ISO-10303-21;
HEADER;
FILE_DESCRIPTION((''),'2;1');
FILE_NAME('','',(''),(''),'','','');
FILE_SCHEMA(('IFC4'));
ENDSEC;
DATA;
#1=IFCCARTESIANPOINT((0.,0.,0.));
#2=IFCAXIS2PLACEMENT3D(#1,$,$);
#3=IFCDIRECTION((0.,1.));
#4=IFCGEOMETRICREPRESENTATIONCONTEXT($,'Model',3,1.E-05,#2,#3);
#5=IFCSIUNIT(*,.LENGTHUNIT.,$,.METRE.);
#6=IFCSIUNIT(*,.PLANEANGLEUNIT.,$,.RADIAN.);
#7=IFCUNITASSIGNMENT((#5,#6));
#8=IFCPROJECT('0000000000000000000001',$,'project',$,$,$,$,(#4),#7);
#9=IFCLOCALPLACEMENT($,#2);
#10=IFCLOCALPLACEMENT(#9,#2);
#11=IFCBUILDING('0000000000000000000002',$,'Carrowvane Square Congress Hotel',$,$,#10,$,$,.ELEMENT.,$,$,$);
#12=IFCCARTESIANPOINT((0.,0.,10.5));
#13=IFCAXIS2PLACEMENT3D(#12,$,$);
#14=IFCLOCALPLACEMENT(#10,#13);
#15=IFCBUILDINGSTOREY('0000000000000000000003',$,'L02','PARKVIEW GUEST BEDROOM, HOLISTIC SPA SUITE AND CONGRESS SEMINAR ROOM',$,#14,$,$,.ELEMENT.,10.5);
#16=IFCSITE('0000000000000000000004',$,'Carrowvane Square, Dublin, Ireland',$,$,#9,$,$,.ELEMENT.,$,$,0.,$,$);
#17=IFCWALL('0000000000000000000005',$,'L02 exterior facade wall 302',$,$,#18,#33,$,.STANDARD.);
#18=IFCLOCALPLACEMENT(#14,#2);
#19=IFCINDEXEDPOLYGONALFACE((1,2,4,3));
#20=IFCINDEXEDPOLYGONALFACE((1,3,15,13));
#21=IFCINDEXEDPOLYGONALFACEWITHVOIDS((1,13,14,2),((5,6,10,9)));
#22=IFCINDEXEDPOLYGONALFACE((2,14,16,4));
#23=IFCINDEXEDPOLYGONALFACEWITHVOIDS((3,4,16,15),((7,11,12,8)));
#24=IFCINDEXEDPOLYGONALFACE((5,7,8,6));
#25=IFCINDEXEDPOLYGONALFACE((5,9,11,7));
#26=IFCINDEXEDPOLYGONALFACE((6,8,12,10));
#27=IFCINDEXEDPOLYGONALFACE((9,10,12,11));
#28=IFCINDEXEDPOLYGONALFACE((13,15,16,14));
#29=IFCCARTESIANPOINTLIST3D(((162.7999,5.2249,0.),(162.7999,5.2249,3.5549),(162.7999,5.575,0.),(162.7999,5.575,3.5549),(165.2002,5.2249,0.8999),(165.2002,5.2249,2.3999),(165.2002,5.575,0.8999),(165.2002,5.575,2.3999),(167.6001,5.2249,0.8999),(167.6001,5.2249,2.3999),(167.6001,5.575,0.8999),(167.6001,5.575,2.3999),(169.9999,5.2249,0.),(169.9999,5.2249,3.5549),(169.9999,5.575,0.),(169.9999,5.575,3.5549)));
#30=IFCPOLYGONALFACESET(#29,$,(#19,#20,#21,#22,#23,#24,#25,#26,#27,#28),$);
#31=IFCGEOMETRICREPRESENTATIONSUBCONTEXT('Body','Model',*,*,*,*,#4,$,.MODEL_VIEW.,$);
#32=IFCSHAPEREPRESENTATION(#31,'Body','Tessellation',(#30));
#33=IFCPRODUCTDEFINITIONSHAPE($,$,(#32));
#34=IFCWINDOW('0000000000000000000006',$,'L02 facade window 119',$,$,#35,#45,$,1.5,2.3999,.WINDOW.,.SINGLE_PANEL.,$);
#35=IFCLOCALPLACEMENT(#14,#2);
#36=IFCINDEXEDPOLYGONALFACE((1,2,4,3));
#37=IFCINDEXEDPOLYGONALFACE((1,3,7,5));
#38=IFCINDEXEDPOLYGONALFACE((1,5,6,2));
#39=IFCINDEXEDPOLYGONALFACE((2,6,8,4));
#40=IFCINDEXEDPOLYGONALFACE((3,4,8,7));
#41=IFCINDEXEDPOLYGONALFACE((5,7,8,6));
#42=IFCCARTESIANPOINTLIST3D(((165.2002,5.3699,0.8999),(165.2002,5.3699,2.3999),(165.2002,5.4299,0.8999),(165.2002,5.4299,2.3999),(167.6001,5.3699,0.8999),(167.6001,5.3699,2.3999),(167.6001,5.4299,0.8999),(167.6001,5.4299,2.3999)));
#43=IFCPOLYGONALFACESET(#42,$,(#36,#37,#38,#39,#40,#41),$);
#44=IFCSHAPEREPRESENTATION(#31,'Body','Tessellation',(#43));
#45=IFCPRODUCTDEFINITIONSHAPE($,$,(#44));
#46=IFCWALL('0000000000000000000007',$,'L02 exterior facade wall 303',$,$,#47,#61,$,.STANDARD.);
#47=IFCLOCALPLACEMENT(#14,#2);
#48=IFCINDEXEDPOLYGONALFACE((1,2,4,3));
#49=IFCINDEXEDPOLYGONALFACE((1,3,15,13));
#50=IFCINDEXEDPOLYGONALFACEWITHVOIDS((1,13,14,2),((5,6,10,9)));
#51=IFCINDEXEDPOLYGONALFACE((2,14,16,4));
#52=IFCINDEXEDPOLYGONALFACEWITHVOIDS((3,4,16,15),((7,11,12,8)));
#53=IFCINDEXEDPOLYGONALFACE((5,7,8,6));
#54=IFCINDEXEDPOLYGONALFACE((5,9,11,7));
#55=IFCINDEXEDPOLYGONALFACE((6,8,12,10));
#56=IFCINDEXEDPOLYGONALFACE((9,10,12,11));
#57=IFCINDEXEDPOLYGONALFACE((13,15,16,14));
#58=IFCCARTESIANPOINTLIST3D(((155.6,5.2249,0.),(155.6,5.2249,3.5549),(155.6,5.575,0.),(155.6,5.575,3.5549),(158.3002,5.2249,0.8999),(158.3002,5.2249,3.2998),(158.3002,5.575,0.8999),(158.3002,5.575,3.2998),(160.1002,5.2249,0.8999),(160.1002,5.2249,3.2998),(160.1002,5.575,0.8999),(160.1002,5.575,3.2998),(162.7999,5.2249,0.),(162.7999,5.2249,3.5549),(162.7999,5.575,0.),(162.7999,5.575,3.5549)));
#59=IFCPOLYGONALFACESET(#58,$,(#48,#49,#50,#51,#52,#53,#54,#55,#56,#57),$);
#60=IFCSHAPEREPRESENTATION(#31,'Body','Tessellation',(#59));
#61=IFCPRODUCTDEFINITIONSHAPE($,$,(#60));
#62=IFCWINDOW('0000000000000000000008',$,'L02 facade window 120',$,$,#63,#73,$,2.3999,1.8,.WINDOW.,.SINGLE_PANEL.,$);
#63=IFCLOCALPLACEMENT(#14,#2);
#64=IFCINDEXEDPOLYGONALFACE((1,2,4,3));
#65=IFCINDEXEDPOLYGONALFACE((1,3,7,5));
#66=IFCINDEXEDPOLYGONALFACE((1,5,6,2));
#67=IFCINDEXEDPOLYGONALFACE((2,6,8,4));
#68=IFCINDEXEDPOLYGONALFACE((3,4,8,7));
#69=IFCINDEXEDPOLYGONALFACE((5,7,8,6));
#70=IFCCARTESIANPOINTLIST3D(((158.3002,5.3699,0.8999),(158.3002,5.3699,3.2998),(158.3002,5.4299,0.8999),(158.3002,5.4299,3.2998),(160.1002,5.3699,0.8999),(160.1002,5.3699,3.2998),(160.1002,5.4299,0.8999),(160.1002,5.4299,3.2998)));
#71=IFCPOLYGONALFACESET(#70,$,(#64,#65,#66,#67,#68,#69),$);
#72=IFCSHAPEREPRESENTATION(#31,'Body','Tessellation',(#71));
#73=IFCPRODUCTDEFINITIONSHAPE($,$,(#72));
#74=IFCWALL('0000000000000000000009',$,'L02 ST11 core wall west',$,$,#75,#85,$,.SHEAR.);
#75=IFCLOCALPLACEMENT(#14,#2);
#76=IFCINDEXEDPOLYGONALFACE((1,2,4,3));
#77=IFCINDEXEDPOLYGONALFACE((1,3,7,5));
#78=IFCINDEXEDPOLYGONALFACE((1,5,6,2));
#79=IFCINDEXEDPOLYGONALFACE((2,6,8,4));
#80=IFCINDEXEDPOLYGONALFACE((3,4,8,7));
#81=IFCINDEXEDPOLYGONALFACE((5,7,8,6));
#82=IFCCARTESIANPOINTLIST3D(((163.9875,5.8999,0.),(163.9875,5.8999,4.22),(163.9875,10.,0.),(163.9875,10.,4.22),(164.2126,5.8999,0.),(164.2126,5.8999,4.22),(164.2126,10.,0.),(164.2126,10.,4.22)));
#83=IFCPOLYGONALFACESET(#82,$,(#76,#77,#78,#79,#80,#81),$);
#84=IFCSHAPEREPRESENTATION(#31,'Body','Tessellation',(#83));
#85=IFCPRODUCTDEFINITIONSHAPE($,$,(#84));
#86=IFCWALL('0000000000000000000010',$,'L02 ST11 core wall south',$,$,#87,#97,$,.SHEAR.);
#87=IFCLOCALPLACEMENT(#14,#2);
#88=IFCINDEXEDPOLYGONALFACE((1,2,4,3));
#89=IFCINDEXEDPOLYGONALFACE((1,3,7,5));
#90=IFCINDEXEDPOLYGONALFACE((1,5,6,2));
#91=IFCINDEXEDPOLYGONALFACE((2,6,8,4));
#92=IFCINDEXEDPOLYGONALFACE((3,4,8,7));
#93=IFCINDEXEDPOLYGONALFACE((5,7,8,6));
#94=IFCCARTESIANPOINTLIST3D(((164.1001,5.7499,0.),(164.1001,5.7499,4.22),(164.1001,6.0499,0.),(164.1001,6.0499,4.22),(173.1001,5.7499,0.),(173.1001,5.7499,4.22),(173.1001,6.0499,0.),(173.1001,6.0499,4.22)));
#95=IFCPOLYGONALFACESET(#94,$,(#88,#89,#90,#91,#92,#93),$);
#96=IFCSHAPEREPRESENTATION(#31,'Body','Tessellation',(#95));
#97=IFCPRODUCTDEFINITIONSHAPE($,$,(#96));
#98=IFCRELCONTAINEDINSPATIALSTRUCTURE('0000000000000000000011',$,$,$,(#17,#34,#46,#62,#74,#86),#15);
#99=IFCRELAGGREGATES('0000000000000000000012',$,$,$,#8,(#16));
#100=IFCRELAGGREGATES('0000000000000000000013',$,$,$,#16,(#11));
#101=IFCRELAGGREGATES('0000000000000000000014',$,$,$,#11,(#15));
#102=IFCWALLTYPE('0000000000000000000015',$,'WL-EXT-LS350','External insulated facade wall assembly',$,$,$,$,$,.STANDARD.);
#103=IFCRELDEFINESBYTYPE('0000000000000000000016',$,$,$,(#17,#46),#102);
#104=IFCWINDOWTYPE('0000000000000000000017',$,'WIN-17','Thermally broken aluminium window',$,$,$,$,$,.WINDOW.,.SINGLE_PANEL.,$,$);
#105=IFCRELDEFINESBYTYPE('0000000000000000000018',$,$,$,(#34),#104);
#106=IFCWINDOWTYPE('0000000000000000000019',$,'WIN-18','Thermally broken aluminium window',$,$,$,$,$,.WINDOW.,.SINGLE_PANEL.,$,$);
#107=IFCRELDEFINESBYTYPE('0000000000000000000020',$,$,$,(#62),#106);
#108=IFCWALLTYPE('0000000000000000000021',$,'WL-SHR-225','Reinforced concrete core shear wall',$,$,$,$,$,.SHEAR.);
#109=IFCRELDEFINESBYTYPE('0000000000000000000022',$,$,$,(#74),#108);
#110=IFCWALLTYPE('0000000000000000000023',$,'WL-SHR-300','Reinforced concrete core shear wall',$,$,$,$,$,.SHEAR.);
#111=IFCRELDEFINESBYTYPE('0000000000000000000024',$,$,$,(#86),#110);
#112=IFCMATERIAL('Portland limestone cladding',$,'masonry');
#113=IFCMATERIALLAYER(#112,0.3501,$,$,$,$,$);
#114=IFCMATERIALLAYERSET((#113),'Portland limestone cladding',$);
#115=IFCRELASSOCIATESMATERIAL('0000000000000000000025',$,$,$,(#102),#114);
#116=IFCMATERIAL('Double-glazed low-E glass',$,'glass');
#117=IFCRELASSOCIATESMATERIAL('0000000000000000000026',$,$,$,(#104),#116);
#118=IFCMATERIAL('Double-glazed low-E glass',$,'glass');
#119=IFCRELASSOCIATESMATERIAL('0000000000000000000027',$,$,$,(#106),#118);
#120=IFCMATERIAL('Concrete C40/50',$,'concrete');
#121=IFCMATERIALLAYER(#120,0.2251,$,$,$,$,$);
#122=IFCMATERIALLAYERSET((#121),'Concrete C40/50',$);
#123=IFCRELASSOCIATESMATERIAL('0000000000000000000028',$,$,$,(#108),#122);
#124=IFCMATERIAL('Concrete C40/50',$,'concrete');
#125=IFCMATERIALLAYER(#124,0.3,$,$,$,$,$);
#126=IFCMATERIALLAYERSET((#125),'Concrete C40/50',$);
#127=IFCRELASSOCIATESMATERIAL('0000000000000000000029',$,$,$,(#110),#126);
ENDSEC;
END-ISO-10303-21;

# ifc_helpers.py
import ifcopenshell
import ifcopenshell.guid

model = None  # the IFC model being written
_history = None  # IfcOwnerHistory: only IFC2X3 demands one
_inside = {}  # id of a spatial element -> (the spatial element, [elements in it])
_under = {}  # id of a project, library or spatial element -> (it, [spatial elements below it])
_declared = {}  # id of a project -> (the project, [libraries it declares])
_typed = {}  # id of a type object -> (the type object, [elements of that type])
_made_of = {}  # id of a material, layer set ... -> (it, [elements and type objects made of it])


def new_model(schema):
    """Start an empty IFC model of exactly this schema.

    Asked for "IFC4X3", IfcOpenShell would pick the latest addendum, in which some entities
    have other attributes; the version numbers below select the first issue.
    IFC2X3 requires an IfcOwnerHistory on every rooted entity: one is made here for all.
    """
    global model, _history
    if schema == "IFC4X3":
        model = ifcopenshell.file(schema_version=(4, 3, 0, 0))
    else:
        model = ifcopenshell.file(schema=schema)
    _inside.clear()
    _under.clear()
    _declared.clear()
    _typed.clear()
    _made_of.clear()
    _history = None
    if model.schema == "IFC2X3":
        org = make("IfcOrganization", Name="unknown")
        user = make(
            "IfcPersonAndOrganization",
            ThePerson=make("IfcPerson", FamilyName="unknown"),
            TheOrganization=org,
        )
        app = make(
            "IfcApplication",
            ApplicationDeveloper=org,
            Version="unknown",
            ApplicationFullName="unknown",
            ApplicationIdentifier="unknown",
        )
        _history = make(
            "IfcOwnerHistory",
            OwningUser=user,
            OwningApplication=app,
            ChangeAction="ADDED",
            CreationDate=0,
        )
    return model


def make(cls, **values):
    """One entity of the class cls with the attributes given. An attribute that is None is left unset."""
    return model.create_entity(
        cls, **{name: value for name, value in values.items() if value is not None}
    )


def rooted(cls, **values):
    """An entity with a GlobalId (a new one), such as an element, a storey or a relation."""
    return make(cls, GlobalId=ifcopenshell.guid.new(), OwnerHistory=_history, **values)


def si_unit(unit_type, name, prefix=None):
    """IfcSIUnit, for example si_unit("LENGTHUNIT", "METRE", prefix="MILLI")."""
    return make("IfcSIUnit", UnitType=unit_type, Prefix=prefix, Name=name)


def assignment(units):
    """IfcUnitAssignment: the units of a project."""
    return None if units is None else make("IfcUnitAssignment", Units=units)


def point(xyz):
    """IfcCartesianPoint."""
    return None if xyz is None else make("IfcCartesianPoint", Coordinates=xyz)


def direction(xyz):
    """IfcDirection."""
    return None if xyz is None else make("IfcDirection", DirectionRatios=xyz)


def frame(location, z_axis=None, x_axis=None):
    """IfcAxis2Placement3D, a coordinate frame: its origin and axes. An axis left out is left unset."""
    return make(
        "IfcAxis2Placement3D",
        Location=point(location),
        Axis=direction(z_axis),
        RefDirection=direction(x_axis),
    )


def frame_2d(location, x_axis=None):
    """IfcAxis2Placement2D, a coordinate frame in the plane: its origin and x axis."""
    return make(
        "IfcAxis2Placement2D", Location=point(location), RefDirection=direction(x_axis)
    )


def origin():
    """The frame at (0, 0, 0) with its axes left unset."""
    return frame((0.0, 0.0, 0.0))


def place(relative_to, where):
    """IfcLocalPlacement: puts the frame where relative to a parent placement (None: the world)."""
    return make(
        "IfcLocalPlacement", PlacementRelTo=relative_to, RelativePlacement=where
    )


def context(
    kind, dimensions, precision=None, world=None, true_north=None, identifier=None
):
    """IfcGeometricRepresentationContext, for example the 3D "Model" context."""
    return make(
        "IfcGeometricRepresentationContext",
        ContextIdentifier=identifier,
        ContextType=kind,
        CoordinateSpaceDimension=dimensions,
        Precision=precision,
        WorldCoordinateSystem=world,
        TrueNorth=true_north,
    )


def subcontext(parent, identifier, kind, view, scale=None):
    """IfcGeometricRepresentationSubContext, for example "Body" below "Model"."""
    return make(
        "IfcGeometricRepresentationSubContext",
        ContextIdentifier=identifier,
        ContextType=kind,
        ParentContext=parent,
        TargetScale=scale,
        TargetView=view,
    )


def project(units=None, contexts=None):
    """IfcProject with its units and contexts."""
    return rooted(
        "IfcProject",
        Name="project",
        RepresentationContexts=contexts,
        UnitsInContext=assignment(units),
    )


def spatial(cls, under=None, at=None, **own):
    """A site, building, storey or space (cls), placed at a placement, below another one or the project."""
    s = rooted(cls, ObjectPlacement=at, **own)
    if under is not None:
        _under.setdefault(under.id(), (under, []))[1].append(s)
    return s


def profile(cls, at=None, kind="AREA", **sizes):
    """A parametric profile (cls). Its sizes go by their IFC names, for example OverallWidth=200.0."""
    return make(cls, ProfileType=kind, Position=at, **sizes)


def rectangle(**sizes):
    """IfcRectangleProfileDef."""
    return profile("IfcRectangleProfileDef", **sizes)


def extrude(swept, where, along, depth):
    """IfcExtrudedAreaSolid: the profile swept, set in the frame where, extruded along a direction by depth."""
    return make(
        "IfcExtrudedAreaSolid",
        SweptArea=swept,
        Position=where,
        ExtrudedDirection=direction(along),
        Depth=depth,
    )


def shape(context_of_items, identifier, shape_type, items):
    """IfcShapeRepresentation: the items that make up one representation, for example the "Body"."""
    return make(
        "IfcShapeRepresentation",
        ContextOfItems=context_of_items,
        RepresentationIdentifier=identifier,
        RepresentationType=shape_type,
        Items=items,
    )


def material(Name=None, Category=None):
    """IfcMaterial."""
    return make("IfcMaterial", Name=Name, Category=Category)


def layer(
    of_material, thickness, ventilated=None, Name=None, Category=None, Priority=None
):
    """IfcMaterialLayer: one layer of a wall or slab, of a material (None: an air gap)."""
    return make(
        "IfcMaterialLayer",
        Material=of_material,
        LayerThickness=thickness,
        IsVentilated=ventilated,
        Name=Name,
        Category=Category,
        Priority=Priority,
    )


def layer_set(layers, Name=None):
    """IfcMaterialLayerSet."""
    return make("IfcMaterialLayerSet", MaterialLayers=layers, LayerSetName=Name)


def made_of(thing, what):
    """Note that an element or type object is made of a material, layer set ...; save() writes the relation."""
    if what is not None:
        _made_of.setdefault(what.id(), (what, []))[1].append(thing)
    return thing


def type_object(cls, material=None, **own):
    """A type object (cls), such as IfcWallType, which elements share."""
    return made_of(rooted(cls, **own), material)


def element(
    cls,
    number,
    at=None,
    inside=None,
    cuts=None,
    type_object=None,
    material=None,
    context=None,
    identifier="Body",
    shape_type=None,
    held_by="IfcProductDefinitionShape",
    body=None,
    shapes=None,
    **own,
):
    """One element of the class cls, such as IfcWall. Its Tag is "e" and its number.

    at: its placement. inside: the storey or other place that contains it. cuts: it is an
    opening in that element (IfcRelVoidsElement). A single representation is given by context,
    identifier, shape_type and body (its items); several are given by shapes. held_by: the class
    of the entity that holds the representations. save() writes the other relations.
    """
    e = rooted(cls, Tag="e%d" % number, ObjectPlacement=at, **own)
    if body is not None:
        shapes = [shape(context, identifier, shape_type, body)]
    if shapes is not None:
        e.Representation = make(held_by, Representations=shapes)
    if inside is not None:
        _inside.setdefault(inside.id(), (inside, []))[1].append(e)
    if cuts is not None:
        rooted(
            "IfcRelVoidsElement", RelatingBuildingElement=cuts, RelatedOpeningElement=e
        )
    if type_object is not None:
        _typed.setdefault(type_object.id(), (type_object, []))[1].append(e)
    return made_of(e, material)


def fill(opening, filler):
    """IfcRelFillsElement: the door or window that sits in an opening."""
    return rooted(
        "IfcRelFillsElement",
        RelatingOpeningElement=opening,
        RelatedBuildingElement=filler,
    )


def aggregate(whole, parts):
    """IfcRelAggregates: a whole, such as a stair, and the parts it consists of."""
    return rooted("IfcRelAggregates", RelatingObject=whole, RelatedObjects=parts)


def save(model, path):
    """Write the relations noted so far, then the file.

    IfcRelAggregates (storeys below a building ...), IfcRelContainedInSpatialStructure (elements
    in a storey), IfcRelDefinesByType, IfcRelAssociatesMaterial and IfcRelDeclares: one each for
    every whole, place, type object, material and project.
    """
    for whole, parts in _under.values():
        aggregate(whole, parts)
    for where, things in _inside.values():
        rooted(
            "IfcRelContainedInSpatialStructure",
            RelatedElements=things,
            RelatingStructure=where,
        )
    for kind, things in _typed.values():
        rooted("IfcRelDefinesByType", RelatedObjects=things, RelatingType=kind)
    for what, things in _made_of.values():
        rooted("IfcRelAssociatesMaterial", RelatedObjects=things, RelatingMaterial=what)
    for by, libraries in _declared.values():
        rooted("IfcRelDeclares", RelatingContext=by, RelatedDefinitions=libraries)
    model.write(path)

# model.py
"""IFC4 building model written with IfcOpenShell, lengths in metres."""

from ifc_helpers import new_model, si_unit, direction, frame, frame_2d, origin, place, context, subcontext, project, spatial, rectangle, extrude, material, layer, layer_set, type_object, element, fill, save


model = new_model("IFC4")

# Units and contexts
model_context = context("Model", 3, precision=1e-05, world=origin(), true_north=direction((0.0, 1.0)))
body_context = subcontext(model_context, "Body", "Model", "MODEL_VIEW")
ifc_project = project(units=[si_unit("LENGTHUNIT", "METRE"), si_unit("PLANEANGLEUNIT", "RADIAN")], contexts=[model_context])

# Site, building, storey
site_placement = place(None, origin())
site = spatial("IfcSite", under=ifc_project, at=site_placement, Name="Carrowvane Square, Dublin, Ireland", CompositionType="ELEMENT", RefElevation=0.0)
building_placement = place(site_placement, origin())
building = spatial("IfcBuilding", under=site, at=building_placement, Name="Carrowvane Square Congress Hotel", CompositionType="ELEMENT")
storey_placement = place(building_placement, frame((0.0, 0.0, 10.5)))
storey = spatial("IfcBuildingStorey", under=building, at=storey_placement, Name="L02", Description="PARKVIEW GUEST BEDROOM, HOLISTIC SPA SUITE AND CONGRESS SEMINAR ROOM", CompositionType="ELEMENT", Elevation=10.5)

# Walls, openings, windows
ifc_material_1 = material(Name="Portland limestone cladding", Category="masonry")
ifc_layer_1 = layer(ifc_material_1, 0.3501)
ifc_layer_set_1 = layer_set([ifc_layer_1], Name="Portland limestone cladding")
wall_type_1 = type_object("IfcWallType", Name="WL-EXT-LS350", Description="External insulated facade wall assembly", PredefinedType="STANDARD", material=ifc_layer_set_1)
wall_1_placement = place(storey_placement, frame((170.0, 5.3999, 0.0), z_axis=(0.0, 0.0, 1.0), x_axis=(-1.0, 0.0, 0.0)))
wall_1 = element("IfcWall", 1, at=wall_1_placement, inside=storey, type_object=wall_type_1, Name="L02 exterior facade wall 302", PredefinedType="STANDARD", context=body_context, shape_type="SweptSolid", body=[
    extrude(rectangle(XDim=7.2, YDim=0.3501, at=frame_2d((3.6001, 0.0))), origin(), (0.0, 0.0, 1.0), 3.5549),
])
opening_1_placement = place(wall_1_placement, frame((2.3999, 0.0, 0.8999)))
opening_1 = element("IfcOpeningElement", 2, at=opening_1_placement, cuts=wall_1, PredefinedType="OPENING", context=body_context, shape_type="SweptSolid", body=[
    extrude(rectangle(XDim=2.3999, YDim=1.5, at=frame_2d((1.2, 0.75))), frame((0.0, 0.1851, 0.0), z_axis=(0.0, -1.0, 0.0), x_axis=(1.0, 0.0, 0.0)), (0.0, 0.0, 1.0), 0.3701),
])
ifc_material_2 = material(Name="Double-glazed low-E glass", Category="glass")
window_type_1 = type_object("IfcWindowType", Name="WIN-17", Description="Thermally broken aluminium window", PartitioningType="SINGLE_PANEL", PredefinedType="WINDOW", material=ifc_material_2)
window_1_placement = place(opening_1_placement, origin())
window_1 = element("IfcWindow", 3, at=window_1_placement, inside=storey, type_object=window_type_1, Name="L02 facade window 119", OverallHeight=1.5, OverallWidth=2.3999, PartitioningType="SINGLE_PANEL", PredefinedType="WINDOW", context=body_context, shape_type="SweptSolid", body=[
    extrude(rectangle(XDim=2.3999, YDim=1.5, at=frame_2d((1.2, 0.75))), frame((0.0, 0.03, 0.0), z_axis=(0.0, -1.0, 0.0), x_axis=(1.0, 0.0, 0.0)), (0.0, 0.0, 1.0), 0.0601),
])
fill(opening_1, window_1)
wall_2_placement = place(storey_placement, frame((162.8, 5.3999, 0.0), z_axis=(0.0, 0.0, 1.0), x_axis=(-1.0, 0.0, 0.0)))
wall_2 = element("IfcWall", 4, at=wall_2_placement, inside=storey, type_object=wall_type_1, Name="L02 exterior facade wall 303", PredefinedType="STANDARD", context=body_context, shape_type="SweptSolid", body=[
    extrude(rectangle(XDim=7.2, YDim=0.3501, at=frame_2d((3.6001, 0.0))), origin(), (0.0, 0.0, 1.0), 3.5549),
])
opening_2_placement = place(wall_2_placement, frame((2.7, 0.0, 0.8999)))
opening_2 = element("IfcOpeningElement", 5, at=opening_2_placement, cuts=wall_2, PredefinedType="OPENING", context=body_context, shape_type="SweptSolid", body=[
    extrude(rectangle(XDim=1.8, YDim=2.3999, at=frame_2d((0.8999, 1.2))), frame((0.0, 0.1851, 0.0), z_axis=(0.0, -1.0, 0.0), x_axis=(1.0, 0.0, 0.0)), (0.0, 0.0, 1.0), 0.3701),
])
ifc_material_3 = material(Name="Double-glazed low-E glass", Category="glass")
window_type_2 = type_object("IfcWindowType", Name="WIN-18", Description="Thermally broken aluminium window", PartitioningType="SINGLE_PANEL", PredefinedType="WINDOW", material=ifc_material_3)
window_2_placement = place(opening_2_placement, origin())
window_2 = element("IfcWindow", 6, at=window_2_placement, inside=storey, type_object=window_type_2, Name="L02 facade window 120", OverallHeight=2.3999, OverallWidth=1.8, PartitioningType="SINGLE_PANEL", PredefinedType="WINDOW", context=body_context, shape_type="SweptSolid", body=[
    extrude(rectangle(XDim=1.8, YDim=2.3999, at=frame_2d((0.8999, 1.2))), frame((0.0, 0.03, 0.0), z_axis=(0.0, -1.0, 0.0), x_axis=(1.0, 0.0, 0.0)), (0.0, 0.0, 1.0), 0.0601),
])
fill(opening_2, window_2)

# Walls
ifc_material_4 = material(Name="Concrete C40/50", Category="concrete")
ifc_layer_2 = layer(ifc_material_4, 0.2251)
ifc_layer_set_2 = layer_set([ifc_layer_2], Name="Concrete C40/50")
wall_type_2 = type_object("IfcWallType", Name="WL-SHR-225", Description="Reinforced concrete core shear wall", PredefinedType="SHEAR", material=ifc_layer_set_2)
wall_3_placement = place(storey_placement, frame((164.1001, 10.0, 0.0), z_axis=(0.0, 0.0, 1.0), x_axis=(0.0, -1.0, 0.0)))
element("IfcWall", 7, at=wall_3_placement, inside=storey, type_object=wall_type_2, Name="L02 ST11 core wall west", PredefinedType="SHEAR", context=body_context, shape_type="SweptSolid", body=[
    extrude(rectangle(XDim=4.1001, YDim=0.2251, at=frame_2d((2.05, 0.0))), origin(), (0.0, 0.0, 1.0), 4.22),
])
ifc_material_5 = material(Name="Concrete C40/50", Category="concrete")
ifc_layer_3 = layer(ifc_material_5, 0.3)
ifc_layer_set_3 = layer_set([ifc_layer_3], Name="Concrete C40/50")
wall_type_3 = type_object("IfcWallType", Name="WL-SHR-300", Description="Reinforced concrete core shear wall", PredefinedType="SHEAR", material=ifc_layer_set_3)
wall_4_placement = place(storey_placement, frame((164.1001, 5.8999, 0.0), z_axis=(0.0, 0.0, 1.0), x_axis=(1.0, 0.0, 0.0)))
element("IfcWall", 8, at=wall_4_placement, inside=storey, type_object=wall_type_3, Name="L02 ST11 core wall south", PredefinedType="SHEAR", context=body_context, shape_type="SweptSolid", body=[
    extrude(rectangle(XDim=9.0, YDim=0.3, at=frame_2d((4.5, 0.0))), origin(), (0.0, 0.0, 1.0), 4.22),
])

save(model, "model.ifc")
